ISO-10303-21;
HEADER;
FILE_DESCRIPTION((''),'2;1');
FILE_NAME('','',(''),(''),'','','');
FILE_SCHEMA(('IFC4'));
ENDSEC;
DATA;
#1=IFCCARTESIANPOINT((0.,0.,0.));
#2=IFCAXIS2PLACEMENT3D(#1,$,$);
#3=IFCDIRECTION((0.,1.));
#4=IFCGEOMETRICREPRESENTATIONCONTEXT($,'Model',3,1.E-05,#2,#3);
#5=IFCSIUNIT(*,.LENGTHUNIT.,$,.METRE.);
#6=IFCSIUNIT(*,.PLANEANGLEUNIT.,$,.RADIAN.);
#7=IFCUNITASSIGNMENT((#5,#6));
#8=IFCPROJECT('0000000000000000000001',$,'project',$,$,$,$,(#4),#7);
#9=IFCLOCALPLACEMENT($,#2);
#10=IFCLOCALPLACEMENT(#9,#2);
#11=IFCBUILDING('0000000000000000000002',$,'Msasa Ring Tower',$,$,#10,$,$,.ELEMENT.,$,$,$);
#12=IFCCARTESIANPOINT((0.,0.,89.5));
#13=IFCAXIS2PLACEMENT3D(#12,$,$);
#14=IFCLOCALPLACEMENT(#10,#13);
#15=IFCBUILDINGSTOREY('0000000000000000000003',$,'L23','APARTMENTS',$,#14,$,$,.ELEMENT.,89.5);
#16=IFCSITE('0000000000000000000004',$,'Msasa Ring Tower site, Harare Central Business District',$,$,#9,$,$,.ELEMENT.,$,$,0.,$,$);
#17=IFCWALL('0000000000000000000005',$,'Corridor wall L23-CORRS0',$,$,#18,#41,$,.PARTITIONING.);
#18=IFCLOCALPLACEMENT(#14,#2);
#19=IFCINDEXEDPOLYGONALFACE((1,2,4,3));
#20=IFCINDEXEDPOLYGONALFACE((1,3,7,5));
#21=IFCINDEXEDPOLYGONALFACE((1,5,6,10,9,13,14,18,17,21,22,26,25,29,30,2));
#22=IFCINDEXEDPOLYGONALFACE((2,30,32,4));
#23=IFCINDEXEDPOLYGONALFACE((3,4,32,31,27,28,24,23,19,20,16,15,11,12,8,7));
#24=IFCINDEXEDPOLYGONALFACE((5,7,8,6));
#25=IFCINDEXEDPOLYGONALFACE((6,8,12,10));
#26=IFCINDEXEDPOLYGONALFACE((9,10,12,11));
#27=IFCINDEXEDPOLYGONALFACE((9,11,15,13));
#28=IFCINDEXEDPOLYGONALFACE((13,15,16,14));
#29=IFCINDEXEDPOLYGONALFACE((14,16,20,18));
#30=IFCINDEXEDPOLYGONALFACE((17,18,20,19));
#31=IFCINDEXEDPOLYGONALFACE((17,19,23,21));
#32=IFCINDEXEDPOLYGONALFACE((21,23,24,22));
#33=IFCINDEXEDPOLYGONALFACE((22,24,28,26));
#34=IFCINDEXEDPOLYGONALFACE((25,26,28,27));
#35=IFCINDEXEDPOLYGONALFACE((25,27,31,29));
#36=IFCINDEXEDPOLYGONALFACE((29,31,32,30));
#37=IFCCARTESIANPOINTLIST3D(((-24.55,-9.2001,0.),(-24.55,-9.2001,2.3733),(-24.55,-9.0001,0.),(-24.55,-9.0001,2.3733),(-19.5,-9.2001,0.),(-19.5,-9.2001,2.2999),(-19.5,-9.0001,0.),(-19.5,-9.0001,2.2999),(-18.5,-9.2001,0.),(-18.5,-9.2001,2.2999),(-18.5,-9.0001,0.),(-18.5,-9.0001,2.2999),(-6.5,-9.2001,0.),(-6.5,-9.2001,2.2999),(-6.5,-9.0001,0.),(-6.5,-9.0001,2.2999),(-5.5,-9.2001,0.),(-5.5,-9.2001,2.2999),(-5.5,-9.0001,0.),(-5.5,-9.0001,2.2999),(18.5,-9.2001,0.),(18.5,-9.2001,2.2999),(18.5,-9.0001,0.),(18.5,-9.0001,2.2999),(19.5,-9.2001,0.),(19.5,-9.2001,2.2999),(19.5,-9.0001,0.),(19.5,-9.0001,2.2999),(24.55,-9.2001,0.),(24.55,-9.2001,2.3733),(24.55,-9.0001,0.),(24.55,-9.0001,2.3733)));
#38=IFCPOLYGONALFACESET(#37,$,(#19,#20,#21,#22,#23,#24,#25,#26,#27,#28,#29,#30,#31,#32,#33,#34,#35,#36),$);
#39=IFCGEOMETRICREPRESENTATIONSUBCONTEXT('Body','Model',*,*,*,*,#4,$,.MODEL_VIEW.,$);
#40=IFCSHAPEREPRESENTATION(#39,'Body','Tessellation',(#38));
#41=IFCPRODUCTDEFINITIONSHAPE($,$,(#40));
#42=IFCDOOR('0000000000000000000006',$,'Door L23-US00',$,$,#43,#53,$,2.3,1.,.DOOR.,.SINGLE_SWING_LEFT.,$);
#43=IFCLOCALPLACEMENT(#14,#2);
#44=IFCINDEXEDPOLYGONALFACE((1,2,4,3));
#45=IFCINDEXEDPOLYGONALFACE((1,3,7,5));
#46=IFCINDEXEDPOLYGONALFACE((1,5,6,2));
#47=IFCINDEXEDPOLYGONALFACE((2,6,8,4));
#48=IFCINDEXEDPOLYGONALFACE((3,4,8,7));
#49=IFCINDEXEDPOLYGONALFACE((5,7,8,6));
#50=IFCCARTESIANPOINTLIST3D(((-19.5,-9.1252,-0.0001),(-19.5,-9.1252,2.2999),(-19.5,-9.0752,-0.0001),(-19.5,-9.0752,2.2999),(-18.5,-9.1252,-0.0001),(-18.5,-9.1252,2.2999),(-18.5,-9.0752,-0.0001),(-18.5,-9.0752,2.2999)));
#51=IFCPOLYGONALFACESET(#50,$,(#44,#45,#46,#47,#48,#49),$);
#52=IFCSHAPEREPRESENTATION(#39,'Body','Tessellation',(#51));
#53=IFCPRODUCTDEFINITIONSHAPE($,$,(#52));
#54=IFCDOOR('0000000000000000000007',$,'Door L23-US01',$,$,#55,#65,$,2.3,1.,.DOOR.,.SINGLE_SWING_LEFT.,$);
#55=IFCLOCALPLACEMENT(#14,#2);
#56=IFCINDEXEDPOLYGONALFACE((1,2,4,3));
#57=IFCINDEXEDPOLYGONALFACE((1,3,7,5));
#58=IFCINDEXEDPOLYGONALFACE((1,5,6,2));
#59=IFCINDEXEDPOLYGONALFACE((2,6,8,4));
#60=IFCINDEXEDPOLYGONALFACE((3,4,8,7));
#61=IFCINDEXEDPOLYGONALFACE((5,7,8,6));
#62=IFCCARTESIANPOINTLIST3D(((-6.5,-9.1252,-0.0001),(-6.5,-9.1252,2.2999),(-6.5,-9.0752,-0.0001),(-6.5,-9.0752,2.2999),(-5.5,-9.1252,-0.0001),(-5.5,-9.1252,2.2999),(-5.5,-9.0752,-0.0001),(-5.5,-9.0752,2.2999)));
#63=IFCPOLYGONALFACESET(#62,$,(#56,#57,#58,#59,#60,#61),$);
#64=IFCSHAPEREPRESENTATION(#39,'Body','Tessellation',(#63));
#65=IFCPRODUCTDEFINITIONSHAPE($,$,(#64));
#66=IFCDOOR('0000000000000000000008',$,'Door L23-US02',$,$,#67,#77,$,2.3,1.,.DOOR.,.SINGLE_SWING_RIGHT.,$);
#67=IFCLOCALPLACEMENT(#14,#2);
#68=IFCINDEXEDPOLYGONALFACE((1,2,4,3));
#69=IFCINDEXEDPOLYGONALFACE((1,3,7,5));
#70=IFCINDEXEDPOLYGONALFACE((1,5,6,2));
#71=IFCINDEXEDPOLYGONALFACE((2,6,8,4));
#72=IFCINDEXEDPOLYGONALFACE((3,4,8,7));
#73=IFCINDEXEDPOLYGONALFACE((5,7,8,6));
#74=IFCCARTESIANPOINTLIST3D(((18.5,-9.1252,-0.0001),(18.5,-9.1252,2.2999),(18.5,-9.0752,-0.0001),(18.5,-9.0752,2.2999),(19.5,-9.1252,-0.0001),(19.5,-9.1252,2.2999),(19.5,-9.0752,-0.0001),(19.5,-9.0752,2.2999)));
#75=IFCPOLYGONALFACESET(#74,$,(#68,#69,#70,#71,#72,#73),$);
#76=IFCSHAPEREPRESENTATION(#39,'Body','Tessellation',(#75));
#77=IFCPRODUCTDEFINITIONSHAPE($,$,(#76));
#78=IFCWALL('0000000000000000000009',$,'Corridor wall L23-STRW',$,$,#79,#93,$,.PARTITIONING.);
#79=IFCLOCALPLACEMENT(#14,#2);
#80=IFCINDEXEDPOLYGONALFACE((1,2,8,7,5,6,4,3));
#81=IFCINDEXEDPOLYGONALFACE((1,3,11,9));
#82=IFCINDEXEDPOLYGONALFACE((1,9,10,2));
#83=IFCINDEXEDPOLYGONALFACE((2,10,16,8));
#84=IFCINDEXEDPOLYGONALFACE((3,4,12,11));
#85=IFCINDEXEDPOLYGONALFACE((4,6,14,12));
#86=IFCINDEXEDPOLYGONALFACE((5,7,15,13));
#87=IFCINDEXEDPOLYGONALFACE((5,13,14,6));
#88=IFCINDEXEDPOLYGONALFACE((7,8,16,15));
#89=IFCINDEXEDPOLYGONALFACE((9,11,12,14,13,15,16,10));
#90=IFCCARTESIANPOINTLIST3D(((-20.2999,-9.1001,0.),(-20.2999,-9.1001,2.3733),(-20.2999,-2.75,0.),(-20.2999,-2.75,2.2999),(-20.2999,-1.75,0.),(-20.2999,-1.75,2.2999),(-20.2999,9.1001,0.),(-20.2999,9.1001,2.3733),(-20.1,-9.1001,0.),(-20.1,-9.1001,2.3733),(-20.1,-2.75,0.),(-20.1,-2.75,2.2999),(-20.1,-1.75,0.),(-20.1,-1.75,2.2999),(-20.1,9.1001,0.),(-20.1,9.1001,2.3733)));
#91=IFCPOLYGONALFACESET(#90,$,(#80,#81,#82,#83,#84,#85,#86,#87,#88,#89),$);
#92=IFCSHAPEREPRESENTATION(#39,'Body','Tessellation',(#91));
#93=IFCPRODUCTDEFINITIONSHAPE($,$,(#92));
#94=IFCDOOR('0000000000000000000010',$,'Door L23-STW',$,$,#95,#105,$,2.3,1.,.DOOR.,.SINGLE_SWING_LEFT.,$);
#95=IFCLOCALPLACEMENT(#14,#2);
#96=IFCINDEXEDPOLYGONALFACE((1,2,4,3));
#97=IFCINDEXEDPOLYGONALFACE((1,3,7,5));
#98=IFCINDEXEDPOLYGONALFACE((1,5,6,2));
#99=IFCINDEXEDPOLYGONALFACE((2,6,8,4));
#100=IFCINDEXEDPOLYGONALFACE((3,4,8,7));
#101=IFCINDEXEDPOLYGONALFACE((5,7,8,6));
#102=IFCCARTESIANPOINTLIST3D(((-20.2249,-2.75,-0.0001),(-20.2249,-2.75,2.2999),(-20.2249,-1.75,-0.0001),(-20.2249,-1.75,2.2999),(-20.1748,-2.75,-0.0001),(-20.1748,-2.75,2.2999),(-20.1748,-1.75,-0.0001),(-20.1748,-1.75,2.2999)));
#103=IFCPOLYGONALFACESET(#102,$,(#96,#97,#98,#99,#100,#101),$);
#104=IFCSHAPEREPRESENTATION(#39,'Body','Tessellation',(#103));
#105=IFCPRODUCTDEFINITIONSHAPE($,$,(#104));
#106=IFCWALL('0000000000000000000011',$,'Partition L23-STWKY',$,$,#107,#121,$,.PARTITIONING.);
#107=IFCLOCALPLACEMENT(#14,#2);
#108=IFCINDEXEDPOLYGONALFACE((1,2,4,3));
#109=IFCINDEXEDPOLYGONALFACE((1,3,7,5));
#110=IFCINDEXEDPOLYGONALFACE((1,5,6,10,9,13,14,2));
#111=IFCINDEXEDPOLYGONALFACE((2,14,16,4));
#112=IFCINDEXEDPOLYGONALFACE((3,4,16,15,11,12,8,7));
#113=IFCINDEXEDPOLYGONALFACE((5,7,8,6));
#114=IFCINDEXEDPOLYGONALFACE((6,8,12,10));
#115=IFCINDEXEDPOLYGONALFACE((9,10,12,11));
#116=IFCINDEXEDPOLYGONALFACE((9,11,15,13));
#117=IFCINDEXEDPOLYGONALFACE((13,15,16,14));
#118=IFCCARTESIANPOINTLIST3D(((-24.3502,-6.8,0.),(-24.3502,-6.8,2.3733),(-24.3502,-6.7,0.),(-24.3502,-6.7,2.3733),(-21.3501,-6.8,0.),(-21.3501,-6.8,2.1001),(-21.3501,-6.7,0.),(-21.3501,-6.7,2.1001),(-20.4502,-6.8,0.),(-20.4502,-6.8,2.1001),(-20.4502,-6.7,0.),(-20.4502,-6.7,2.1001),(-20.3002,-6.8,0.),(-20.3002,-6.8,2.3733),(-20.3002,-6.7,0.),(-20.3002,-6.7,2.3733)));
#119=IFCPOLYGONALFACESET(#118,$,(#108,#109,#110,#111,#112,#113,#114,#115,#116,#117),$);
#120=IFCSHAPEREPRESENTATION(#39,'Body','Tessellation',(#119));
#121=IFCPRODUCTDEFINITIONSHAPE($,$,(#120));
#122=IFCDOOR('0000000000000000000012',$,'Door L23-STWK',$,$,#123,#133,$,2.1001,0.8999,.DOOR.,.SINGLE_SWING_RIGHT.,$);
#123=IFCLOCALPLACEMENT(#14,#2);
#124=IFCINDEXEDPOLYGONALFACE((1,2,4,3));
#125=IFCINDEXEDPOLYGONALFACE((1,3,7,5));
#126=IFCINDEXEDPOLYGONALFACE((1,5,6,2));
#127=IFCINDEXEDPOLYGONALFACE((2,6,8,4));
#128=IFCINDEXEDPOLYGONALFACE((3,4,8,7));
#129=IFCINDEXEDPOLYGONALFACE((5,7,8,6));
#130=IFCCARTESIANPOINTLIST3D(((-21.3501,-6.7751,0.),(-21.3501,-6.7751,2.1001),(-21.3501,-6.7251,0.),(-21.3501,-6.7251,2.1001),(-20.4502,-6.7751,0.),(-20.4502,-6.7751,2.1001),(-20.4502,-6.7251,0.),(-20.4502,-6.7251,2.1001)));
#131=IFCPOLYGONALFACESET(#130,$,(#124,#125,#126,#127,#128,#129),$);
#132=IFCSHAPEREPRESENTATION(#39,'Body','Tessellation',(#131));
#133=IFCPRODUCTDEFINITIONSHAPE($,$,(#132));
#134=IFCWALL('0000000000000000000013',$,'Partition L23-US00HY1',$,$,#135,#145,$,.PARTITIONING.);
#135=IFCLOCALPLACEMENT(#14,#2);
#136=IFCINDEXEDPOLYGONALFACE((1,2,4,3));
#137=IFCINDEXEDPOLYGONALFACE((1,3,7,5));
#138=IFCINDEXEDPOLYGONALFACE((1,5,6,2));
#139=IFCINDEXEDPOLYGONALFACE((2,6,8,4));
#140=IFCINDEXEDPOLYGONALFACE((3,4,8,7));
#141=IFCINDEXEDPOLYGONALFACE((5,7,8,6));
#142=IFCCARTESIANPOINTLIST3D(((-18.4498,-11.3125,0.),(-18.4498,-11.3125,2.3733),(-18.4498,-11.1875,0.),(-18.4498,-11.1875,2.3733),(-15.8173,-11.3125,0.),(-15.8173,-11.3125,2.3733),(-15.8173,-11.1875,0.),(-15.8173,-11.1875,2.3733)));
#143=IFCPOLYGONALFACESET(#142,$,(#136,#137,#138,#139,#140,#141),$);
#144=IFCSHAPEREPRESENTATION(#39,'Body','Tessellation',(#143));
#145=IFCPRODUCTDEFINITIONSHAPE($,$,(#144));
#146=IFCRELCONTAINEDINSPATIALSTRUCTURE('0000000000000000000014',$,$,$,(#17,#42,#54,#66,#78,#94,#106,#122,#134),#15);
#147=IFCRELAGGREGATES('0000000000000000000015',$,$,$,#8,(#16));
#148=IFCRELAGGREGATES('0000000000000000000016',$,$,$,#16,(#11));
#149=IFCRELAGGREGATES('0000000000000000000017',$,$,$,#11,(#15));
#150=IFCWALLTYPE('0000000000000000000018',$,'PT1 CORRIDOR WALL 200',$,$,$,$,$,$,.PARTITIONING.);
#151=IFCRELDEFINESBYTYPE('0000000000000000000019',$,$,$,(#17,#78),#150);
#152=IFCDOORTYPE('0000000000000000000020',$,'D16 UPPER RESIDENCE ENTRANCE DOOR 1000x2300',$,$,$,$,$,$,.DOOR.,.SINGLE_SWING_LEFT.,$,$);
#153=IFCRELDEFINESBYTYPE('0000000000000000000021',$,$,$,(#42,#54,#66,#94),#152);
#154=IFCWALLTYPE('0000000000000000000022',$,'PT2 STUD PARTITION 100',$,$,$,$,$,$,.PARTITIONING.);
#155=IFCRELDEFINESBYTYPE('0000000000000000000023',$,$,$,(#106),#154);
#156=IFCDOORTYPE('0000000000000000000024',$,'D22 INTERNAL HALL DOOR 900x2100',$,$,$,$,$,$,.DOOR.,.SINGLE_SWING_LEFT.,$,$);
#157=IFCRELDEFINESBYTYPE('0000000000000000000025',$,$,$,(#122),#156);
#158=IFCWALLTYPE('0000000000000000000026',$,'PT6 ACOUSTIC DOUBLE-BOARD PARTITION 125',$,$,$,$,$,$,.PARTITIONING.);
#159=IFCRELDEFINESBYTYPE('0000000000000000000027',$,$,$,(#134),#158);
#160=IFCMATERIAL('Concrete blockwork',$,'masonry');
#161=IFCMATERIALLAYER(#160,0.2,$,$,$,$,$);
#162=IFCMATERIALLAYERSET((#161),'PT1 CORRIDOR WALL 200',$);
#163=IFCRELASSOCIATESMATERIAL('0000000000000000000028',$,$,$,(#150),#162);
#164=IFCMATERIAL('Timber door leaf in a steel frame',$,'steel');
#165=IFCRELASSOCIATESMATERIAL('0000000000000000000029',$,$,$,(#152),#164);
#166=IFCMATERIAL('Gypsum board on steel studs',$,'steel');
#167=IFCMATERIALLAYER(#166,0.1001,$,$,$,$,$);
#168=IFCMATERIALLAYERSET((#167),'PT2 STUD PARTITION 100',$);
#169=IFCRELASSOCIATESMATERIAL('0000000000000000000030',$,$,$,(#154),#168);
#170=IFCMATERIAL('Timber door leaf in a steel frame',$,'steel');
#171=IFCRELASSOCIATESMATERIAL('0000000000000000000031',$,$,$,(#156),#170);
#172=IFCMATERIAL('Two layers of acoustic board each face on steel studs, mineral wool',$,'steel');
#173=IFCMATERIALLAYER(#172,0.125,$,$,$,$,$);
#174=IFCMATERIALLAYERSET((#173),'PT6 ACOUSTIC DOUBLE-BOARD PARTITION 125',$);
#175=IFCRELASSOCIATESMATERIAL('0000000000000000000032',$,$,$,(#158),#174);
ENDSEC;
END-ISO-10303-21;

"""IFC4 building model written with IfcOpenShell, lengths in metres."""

from ifc_helpers import new_model, si_unit, direction, frame, frame_2d, origin, place, context, subcontext, project, spatial, rectangle, extrude, material, layer, layer_set, type_object, element, fill, save


model = new_model("IFC4")

# Units and contexts
model_context = context("Model", 3, precision=1e-05, world=origin(), true_north=direction((0.0, 1.0)))
body_context = subcontext(model_context, "Body", "Model", "MODEL_VIEW")
ifc_project = project(units=[si_unit("LENGTHUNIT", "METRE"), si_unit("PLANEANGLEUNIT", "RADIAN")], contexts=[model_context])

# Site, building, storey
site_placement = place(None, origin())
site = spatial("IfcSite", under=ifc_project, at=site_placement, Name="Msasa Ring Tower site, Harare Central Business District", CompositionType="ELEMENT", RefElevation=0.0)
building_placement = place(site_placement, origin())
building = spatial("IfcBuilding", under=site, at=building_placement, Name="Msasa Ring Tower", CompositionType="ELEMENT")
storey_placement = place(building_placement, frame((0.0, 0.0, 89.5)))
storey = spatial("IfcBuildingStorey", under=building, at=storey_placement, Name="L23", Description="APARTMENTS", CompositionType="ELEMENT", Elevation=89.5)

# Wall, openings, doors
ifc_material_1 = material(Name="Concrete blockwork", Category="masonry")
ifc_layer_1 = layer(ifc_material_1, 0.2)
ifc_layer_set_1 = layer_set([ifc_layer_1], Name="PT1 CORRIDOR WALL 200")
wall_type_1 = type_object("IfcWallType", Name="PT1 CORRIDOR WALL 200", PredefinedType="PARTITIONING", material=ifc_layer_set_1)
wall_1_placement = place(storey_placement, frame((-24.55, -9.1001, 0.0), z_axis=(0.0, 0.0, 1.0), x_axis=(1.0, 0.0, 0.0)))
wall_1 = element("IfcWall", 1, at=wall_1_placement, inside=storey, type_object=wall_type_1, Name="Corridor wall L23-CORRS0", PredefinedType="PARTITIONING", context=body_context, shape_type="SweptSolid", body=[
    extrude(rectangle(XDim=49.1001, YDim=0.2, at=frame_2d((24.55, 0.0))), origin(), (0.0, 0.0, 1.0), 2.3733),
])
opening_1_placement = place(wall_1_placement, frame((5.05, 0.0, 0.0)))
opening_1 = element("IfcOpeningElement", 2, at=opening_1_placement, cuts=wall_1, PredefinedType="OPENING", context=body_context, shape_type="SweptSolid", body=[
    extrude(rectangle(XDim=1.0, YDim=2.3, at=frame_2d((0.5, 1.1499))), frame((0.0, 0.1099, 0.0), z_axis=(0.0, -1.0, 0.0), x_axis=(1.0, 0.0, 0.0)), (0.0, 0.0, 1.0), 0.22),
])
opening_2_placement = place(wall_1_placement, frame((18.05, 0.0, 0.0)))
opening_2 = element("IfcOpeningElement", 3, at=opening_2_placement, cuts=wall_1, PredefinedType="OPENING", context=body_context, shape_type="SweptSolid", body=[
    extrude(rectangle(XDim=1.0, YDim=2.3, at=frame_2d((0.5, 1.1499))), frame((0.0, 0.1099, 0.0), z_axis=(0.0, -1.0, 0.0), x_axis=(1.0, 0.0, 0.0)), (0.0, 0.0, 1.0), 0.22),
])
opening_3_placement = place(wall_1_placement, frame((43.05, 0.0, 0.0)))
opening_3 = element("IfcOpeningElement", 4, at=opening_3_placement, cuts=wall_1, PredefinedType="OPENING", context=body_context, shape_type="SweptSolid", body=[
    extrude(rectangle(XDim=1.0, YDim=2.3, at=frame_2d((0.5, 1.1499))), frame((0.0, 0.1099, 0.0), z_axis=(0.0, -1.0, 0.0), x_axis=(1.0, 0.0, 0.0)), (0.0, 0.0, 1.0), 0.22),
])
ifc_material_2 = material(Name="Timber door leaf in a steel frame", Category="steel")
door_type_1 = type_object("IfcDoorType", Name="D16 UPPER RESIDENCE ENTRANCE DOOR 1000x2300", OperationType="SINGLE_SWING_LEFT", PredefinedType="DOOR", material=ifc_material_2)
door_1_placement = place(opening_1_placement, origin())
door_1 = element("IfcDoor", 5, at=door_1_placement, inside=storey, type_object=door_type_1, Name="Door L23-US00", OperationType="SINGLE_SWING_LEFT", OverallHeight=2.3, OverallWidth=1.0, PredefinedType="DOOR", context=body_context, shape_type="SweptSolid", body=[
    extrude(rectangle(XDim=1.0, YDim=2.3, at=frame_2d((0.5, 1.1499))), frame((0.0, 0.0249, 0.0), z_axis=(0.0, -1.0, 0.0), x_axis=(1.0, 0.0, 0.0)), (0.0, 0.0, 1.0), 0.05),
])
fill(opening_1, door_1)
door_2_placement = place(opening_2_placement, origin())
door_2 = element("IfcDoor", 6, at=door_2_placement, inside=storey, type_object=door_type_1, Name="Door L23-US01", OperationType="SINGLE_SWING_LEFT", OverallHeight=2.3, OverallWidth=1.0, PredefinedType="DOOR", context=body_context, shape_type="SweptSolid", body=[
    extrude(rectangle(XDim=1.0, YDim=2.3, at=frame_2d((0.5, 1.1499))), frame((0.0, 0.0249, 0.0), z_axis=(0.0, -1.0, 0.0), x_axis=(1.0, 0.0, 0.0)), (0.0, 0.0, 1.0), 0.05),
])
fill(opening_2, door_2)
door_3_placement = place(opening_3_placement, origin())
door_3 = element("IfcDoor", 7, at=door_3_placement, inside=storey, type_object=door_type_1, Name="Door L23-US02", OperationType="SINGLE_SWING_RIGHT", OverallHeight=2.3, OverallWidth=1.0, PredefinedType="DOOR", context=body_context, shape_type="SweptSolid", body=[
    extrude(rectangle(XDim=1.0, YDim=2.3, at=frame_2d((0.5, 1.1499))), frame((0.0, 0.0249, 0.0), z_axis=(0.0, -1.0, 0.0), x_axis=(1.0, 0.0, 0.0)), (0.0, 0.0, 1.0), 0.05),
])
fill(opening_3, door_3)

# Walls, openings, doors
wall_2_placement = place(storey_placement, frame((-20.2, -9.1001, 0.0), z_axis=(0.0, 0.0, 1.0), x_axis=(0.0, 1.0, 0.0)))
wall_2 = element("IfcWall", 8, at=wall_2_placement, inside=storey, type_object=wall_type_1, Name="Corridor wall L23-STRW", PredefinedType="PARTITIONING", context=body_context, shape_type="SweptSolid", body=[
    extrude(rectangle(XDim=18.2002, YDim=0.2, at=frame_2d((9.1001, 0.0))), origin(), (0.0, 0.0, 1.0), 2.3733),
])
opening_4_placement = place(wall_2_placement, frame((6.3501, 0.0, 0.0)))
opening_4 = element("IfcOpeningElement", 9, at=opening_4_placement, cuts=wall_2, PredefinedType="OPENING", context=body_context, shape_type="SweptSolid", body=[
    extrude(rectangle(XDim=1.0, YDim=2.3, at=frame_2d((0.5, 1.1499))), frame((0.0, 0.1099, 0.0), z_axis=(0.0, -1.0, 0.0), x_axis=(1.0, 0.0, 0.0)), (0.0, 0.0, 1.0), 0.22),
])
door_4_placement = place(opening_4_placement, origin())
door_4 = element("IfcDoor", 10, at=door_4_placement, inside=storey, type_object=door_type_1, Name="Door L23-STW", OperationType="SINGLE_SWING_LEFT", OverallHeight=2.3, OverallWidth=1.0, PredefinedType="DOOR", context=body_context, shape_type="SweptSolid", body=[
    extrude(rectangle(XDim=1.0, YDim=2.3, at=frame_2d((0.5, 1.1499))), frame((0.0, 0.0249, 0.0), z_axis=(0.0, -1.0, 0.0), x_axis=(1.0, 0.0, 0.0)), (0.0, 0.0, 1.0), 0.05),
])
fill(opening_4, door_4)
ifc_material_3 = material(Name="Gypsum board on steel studs", Category="steel")
ifc_layer_2 = layer(ifc_material_3, 0.1001)
ifc_layer_set_2 = layer_set([ifc_layer_2], Name="PT2 STUD PARTITION 100")
wall_type_2 = type_object("IfcWallType", Name="PT2 STUD PARTITION 100", PredefinedType="PARTITIONING", material=ifc_layer_set_2)
wall_3_placement = place(storey_placement, frame((-24.3501, -6.75, 0.0), z_axis=(0.0, 0.0, 1.0), x_axis=(1.0, 0.0, 0.0)))
wall_3 = element("IfcWall", 11, at=wall_3_placement, inside=storey, type_object=wall_type_2, Name="Partition L23-STWKY", PredefinedType="PARTITIONING", context=body_context, shape_type="SweptSolid", body=[
    extrude(rectangle(XDim=4.05, YDim=0.1001, at=frame_2d((2.0249, 0.0))), origin(), (0.0, 0.0, 1.0), 2.3733),
])
opening_5_placement = place(wall_3_placement, frame((3.0, 0.0, 0.0)))
opening_5 = element("IfcOpeningElement", 12, at=opening_5_placement, cuts=wall_3, PredefinedType="OPENING", context=body_context, shape_type="SweptSolid", body=[
    extrude(rectangle(XDim=0.8999, YDim=2.1001, at=frame_2d((0.45, 1.05))), frame((0.0, 0.0601, 0.0), z_axis=(0.0, -1.0, 0.0), x_axis=(1.0, 0.0, 0.0)), (0.0, 0.0, 1.0), 0.1201),
])
ifc_material_4 = material(Name="Timber door leaf in a steel frame", Category="steel")
door_type_2 = type_object("IfcDoorType", Name="D22 INTERNAL HALL DOOR 900x2100", OperationType="SINGLE_SWING_LEFT", PredefinedType="DOOR", material=ifc_material_4)
door_5_placement = place(opening_5_placement, origin())
door_5 = element("IfcDoor", 13, at=door_5_placement, inside=storey, type_object=door_type_2, Name="Door L23-STWK", OperationType="SINGLE_SWING_RIGHT", OverallHeight=2.1001, OverallWidth=0.8999, PredefinedType="DOOR", context=body_context, shape_type="SweptSolid", body=[
    extrude(rectangle(XDim=0.8999, YDim=2.1001, at=frame_2d((0.45, 1.05))), frame((0.0, 0.0249, 0.0), z_axis=(0.0, -1.0, 0.0), x_axis=(1.0, 0.0, 0.0)), (0.0, 0.0, 1.0), 0.05),
])
fill(opening_5, door_5)

# Wall
ifc_material_5 = material(Name="Two layers of acoustic board each face on steel studs, mineral wool", Category="steel")
ifc_layer_3 = layer(ifc_material_5, 0.125)
ifc_layer_set_3 = layer_set([ifc_layer_3], Name="PT6 ACOUSTIC DOUBLE-BOARD PARTITION 125")
wall_type_3 = type_object("IfcWallType", Name="PT6 ACOUSTIC DOUBLE-BOARD PARTITION 125", PredefinedType="PARTITIONING", material=ifc_layer_set_3)
wall_4_placement = place(storey_placement, frame((-18.45, -11.25, 0.0), z_axis=(0.0, 0.0, 1.0), x_axis=(1.0, 0.0, 0.0)))
element("IfcWall", 14, at=wall_4_placement, inside=storey, type_object=wall_type_3, Name="Partition L23-US00HY1", PredefinedType="PARTITIONING", context=body_context, shape_type="SweptSolid", body=[
    extrude(rectangle(XDim=2.6326, YDim=0.125, at=frame_2d((1.3164, 0.0))), origin(), (0.0, 0.0, 1.0), 2.3733),
])

save(model, "model.ifc")
